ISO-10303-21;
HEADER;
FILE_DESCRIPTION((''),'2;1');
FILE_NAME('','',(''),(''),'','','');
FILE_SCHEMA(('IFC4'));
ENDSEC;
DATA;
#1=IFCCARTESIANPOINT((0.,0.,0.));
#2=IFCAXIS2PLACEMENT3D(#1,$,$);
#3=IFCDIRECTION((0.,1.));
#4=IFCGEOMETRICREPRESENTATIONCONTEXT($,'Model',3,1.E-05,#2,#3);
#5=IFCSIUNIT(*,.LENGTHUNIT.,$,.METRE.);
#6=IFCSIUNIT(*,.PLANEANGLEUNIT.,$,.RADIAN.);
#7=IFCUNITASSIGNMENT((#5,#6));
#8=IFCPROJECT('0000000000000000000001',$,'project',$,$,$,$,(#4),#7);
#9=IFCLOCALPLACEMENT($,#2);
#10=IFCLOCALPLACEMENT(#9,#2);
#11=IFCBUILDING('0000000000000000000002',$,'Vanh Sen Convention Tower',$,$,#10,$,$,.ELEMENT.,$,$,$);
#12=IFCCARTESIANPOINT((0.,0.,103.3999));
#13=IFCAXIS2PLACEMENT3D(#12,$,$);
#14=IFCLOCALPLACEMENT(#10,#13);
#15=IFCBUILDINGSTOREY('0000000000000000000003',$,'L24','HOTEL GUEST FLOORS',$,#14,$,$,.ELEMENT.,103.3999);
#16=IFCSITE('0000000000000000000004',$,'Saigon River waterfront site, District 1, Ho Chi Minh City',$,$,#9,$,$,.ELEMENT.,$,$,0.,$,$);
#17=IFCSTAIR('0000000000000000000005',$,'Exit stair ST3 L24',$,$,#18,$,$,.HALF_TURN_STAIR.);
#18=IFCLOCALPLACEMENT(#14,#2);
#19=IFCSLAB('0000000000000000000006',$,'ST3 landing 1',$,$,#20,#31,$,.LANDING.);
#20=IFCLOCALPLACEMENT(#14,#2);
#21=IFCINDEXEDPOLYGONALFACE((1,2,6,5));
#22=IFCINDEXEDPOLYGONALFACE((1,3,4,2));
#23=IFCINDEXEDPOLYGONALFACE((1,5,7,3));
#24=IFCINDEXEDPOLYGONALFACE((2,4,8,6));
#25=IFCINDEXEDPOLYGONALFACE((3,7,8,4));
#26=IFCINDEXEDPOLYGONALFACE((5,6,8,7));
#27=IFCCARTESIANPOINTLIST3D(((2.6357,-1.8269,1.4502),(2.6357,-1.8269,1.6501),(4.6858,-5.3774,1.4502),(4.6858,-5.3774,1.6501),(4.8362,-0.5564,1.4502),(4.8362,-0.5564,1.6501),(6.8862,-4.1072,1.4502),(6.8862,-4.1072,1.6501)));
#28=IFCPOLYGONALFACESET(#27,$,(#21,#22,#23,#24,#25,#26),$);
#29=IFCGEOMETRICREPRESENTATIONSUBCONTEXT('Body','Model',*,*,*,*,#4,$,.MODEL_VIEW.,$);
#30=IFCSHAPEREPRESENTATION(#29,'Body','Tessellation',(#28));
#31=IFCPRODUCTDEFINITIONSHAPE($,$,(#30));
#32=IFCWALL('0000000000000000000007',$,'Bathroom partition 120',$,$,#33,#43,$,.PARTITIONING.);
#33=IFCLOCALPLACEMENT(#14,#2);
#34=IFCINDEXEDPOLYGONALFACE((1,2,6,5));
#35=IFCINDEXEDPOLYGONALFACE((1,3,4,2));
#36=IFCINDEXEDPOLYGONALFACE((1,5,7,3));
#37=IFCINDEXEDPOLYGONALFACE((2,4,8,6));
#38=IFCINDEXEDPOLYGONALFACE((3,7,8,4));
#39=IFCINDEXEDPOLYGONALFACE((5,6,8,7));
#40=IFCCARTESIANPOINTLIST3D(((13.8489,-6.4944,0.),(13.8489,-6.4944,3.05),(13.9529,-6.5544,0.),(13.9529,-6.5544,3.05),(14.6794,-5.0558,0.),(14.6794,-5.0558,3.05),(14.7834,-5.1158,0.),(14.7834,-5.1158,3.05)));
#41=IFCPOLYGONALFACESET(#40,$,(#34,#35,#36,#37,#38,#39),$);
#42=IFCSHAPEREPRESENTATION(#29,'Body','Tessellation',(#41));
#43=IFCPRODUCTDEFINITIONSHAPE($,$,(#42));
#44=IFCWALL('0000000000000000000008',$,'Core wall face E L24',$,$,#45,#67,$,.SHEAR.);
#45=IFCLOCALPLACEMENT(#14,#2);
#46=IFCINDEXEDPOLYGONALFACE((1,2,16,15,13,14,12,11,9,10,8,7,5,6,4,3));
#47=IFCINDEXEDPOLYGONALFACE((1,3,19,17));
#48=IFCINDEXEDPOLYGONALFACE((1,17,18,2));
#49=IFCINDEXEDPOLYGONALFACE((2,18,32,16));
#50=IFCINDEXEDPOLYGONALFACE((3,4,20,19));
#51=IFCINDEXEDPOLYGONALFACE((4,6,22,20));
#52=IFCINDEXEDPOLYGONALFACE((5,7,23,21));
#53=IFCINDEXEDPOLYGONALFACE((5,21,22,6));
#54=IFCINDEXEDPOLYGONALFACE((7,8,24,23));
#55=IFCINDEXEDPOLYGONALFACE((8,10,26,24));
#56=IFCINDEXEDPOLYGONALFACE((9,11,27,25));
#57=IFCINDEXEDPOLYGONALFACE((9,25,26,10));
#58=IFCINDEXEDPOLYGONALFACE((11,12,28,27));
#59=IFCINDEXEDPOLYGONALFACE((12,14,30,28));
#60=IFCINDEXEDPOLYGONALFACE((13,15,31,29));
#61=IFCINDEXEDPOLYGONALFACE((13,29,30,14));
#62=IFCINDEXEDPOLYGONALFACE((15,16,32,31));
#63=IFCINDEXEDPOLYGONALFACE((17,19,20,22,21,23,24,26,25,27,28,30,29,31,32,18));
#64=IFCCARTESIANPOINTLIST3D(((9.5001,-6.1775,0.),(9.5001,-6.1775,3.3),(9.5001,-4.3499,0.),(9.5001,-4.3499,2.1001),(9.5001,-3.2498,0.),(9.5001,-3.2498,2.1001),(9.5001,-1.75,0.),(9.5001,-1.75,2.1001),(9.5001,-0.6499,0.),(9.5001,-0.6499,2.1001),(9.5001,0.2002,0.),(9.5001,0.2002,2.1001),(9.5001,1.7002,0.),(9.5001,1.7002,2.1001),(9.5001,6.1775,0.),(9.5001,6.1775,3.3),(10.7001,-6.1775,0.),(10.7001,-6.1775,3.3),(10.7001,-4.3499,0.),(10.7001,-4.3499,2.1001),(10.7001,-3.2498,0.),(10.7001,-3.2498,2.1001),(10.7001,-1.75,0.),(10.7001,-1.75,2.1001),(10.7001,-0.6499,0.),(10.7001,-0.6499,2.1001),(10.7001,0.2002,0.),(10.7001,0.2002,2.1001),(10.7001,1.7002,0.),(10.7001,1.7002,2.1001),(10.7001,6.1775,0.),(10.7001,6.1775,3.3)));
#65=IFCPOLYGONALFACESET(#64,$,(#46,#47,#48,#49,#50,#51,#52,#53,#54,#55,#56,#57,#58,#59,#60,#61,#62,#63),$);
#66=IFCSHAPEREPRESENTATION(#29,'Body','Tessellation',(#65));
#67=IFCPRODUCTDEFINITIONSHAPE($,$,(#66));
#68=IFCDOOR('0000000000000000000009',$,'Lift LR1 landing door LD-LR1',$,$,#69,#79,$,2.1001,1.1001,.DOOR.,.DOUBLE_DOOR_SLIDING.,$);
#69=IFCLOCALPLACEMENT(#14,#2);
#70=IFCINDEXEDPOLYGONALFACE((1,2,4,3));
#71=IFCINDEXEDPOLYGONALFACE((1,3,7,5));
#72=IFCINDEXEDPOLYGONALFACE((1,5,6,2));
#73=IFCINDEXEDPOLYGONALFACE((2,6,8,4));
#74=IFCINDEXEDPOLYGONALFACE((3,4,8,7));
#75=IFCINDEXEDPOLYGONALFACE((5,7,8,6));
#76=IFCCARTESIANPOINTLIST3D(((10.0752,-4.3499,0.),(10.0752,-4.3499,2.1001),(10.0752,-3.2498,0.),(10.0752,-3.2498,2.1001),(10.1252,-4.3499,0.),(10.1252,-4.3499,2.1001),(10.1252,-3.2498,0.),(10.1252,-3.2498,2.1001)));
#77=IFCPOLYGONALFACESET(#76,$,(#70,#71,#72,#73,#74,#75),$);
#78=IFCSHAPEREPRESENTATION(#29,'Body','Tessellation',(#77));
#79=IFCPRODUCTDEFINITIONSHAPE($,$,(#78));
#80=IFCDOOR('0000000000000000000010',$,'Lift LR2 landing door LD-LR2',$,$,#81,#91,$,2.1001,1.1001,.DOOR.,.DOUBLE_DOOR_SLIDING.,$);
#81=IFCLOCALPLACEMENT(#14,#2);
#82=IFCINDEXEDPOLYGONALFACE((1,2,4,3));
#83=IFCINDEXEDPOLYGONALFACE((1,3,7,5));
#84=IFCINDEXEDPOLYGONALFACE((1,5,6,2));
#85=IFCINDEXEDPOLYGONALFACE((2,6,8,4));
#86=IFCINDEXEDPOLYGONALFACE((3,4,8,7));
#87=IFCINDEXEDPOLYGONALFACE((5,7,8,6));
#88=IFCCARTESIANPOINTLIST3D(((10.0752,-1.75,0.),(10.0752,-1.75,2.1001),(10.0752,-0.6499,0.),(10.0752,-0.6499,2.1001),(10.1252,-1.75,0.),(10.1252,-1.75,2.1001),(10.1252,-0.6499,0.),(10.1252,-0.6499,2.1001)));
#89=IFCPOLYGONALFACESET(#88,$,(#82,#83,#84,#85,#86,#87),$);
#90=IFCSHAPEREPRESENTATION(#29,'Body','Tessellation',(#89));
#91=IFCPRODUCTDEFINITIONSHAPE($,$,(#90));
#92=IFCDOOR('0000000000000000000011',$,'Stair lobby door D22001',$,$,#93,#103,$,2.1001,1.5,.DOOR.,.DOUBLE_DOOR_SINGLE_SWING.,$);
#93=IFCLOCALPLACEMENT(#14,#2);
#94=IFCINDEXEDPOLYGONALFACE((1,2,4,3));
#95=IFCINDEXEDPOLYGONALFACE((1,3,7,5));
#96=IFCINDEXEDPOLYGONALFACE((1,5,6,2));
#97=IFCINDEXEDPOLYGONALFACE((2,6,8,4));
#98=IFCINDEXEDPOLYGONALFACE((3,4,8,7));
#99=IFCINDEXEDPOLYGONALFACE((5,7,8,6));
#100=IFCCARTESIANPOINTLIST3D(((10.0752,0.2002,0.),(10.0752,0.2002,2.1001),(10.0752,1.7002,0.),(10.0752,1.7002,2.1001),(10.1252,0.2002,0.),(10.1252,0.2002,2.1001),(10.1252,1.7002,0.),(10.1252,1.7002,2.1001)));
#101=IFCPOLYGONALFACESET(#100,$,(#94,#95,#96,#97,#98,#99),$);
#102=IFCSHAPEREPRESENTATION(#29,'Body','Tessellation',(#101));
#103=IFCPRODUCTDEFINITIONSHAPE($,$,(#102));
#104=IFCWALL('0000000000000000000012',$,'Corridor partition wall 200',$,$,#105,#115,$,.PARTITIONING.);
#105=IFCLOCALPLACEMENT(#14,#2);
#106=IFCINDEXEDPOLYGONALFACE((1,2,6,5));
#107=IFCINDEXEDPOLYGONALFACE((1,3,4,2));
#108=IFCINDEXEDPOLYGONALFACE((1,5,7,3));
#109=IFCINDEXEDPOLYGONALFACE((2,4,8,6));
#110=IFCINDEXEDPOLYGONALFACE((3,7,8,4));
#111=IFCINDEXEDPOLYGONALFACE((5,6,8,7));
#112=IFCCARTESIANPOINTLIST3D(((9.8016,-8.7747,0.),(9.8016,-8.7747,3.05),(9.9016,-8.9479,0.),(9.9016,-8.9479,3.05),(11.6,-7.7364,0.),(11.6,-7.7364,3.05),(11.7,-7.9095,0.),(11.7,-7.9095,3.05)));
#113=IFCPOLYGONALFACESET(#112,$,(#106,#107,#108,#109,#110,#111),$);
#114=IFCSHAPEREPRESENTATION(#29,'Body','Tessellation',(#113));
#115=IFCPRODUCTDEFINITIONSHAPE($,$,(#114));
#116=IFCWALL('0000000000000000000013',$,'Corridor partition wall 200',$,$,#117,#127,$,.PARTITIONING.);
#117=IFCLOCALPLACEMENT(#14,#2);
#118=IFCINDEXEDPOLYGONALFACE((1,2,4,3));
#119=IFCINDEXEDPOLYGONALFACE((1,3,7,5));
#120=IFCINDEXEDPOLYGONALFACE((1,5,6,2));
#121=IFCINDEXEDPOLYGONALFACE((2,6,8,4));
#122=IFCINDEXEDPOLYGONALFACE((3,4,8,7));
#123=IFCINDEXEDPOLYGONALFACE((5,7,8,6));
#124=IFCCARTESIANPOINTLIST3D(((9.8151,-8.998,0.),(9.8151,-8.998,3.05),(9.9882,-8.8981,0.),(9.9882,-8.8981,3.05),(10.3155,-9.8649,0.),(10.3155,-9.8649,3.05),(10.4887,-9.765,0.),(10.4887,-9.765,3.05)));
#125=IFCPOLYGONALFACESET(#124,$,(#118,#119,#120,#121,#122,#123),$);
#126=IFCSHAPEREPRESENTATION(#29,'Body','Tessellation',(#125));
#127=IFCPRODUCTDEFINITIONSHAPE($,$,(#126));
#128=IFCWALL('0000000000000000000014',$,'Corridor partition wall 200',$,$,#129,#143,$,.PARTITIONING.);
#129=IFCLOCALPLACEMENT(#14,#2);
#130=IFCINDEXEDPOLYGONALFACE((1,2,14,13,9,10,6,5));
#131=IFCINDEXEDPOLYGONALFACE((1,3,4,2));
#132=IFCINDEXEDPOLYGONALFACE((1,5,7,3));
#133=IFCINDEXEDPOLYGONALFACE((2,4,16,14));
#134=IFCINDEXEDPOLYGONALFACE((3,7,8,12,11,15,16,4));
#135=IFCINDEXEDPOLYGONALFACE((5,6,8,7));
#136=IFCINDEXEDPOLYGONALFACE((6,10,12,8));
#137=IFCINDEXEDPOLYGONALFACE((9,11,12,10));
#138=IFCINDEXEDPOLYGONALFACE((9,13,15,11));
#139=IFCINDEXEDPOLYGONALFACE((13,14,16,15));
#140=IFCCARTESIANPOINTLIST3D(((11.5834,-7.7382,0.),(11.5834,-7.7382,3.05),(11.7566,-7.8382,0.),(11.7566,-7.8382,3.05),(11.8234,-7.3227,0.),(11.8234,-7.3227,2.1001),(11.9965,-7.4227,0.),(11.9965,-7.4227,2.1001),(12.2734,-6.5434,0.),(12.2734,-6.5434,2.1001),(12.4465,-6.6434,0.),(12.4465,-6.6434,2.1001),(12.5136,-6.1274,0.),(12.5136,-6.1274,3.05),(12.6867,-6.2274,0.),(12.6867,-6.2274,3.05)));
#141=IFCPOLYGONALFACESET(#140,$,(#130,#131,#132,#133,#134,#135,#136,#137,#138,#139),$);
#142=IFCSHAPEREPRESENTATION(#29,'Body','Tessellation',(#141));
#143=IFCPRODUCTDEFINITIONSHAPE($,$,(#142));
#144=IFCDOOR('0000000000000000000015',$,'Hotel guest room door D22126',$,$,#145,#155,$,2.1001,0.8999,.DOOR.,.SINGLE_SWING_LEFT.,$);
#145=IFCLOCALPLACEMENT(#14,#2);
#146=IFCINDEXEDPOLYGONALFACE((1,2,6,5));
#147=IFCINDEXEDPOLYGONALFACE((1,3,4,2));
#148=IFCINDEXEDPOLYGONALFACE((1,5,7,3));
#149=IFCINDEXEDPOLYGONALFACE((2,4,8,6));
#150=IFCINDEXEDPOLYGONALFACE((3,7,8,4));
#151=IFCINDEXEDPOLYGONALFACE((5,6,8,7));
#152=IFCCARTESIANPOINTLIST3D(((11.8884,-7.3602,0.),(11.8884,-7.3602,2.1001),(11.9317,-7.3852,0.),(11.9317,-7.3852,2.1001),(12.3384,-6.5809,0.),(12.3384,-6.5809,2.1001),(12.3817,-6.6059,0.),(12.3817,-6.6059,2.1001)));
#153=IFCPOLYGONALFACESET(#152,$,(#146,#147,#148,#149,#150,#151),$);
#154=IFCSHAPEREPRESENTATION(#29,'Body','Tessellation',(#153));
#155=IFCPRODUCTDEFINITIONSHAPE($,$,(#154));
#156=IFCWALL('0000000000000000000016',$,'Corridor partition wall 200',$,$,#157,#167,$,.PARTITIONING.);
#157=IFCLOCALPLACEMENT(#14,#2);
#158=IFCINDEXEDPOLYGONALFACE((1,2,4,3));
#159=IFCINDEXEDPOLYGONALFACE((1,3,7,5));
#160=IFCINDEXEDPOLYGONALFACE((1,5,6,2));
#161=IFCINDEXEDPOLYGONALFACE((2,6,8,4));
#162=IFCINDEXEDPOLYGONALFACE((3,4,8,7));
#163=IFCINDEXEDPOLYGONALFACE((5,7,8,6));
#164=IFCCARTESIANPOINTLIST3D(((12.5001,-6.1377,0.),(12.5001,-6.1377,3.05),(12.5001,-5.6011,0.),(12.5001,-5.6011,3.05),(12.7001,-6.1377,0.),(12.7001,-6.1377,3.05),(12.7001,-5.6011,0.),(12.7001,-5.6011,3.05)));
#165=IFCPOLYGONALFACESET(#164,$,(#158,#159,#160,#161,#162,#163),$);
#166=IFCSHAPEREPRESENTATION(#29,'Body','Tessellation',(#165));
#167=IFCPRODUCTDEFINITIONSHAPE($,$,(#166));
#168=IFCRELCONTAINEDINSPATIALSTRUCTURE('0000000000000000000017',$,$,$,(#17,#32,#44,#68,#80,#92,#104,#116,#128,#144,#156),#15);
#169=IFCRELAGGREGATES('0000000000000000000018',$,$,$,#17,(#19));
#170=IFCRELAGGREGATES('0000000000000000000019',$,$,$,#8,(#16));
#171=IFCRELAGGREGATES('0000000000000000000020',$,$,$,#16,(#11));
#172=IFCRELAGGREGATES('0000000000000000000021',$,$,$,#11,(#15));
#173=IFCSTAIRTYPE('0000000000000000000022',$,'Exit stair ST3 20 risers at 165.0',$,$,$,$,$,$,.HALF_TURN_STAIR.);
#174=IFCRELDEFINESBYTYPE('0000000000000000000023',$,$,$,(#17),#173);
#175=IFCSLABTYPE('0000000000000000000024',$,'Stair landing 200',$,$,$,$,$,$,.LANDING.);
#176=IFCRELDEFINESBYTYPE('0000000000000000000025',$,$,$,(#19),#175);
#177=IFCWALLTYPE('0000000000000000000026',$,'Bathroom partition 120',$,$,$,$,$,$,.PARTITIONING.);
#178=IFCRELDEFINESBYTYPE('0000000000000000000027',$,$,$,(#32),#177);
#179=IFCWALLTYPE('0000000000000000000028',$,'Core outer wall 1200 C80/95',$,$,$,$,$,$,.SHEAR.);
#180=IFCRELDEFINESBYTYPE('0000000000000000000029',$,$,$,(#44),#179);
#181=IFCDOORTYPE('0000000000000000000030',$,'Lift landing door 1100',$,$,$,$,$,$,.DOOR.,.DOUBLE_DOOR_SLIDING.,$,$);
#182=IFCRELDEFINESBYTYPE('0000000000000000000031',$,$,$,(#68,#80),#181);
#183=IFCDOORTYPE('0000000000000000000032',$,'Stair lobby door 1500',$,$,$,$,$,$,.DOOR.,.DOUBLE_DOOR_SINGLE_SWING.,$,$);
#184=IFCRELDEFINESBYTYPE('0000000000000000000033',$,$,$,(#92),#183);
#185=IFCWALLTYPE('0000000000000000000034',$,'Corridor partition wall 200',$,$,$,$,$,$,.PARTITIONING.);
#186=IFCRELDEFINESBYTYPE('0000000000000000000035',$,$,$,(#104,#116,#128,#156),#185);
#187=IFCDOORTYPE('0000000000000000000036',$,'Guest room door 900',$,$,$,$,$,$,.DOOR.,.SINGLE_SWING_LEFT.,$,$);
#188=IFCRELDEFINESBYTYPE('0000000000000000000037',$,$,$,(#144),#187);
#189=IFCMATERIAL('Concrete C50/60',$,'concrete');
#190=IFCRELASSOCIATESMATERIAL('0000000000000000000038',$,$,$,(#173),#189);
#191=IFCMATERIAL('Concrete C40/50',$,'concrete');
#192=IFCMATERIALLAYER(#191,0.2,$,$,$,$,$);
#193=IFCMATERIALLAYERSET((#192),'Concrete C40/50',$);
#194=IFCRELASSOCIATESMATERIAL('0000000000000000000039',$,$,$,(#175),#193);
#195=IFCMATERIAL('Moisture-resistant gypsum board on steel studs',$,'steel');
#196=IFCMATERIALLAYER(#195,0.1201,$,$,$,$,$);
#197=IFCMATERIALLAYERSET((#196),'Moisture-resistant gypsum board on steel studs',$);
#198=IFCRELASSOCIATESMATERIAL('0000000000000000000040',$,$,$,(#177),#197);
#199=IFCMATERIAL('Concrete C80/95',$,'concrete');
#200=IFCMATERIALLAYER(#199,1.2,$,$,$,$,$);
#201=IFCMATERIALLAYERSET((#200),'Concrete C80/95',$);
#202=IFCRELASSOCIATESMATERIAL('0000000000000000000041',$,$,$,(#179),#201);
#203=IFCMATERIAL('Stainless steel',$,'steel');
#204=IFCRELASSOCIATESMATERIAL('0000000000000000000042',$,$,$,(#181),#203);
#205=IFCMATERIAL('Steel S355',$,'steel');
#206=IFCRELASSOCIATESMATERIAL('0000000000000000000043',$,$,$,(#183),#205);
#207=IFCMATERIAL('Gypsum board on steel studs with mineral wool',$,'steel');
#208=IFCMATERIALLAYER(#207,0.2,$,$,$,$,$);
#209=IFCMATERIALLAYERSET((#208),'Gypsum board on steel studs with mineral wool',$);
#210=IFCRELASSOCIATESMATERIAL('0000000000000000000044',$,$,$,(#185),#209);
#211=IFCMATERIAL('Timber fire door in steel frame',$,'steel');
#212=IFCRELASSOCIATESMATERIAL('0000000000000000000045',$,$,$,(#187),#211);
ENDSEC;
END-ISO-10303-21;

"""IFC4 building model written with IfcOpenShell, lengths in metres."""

from ifc_helpers import new_model, si_unit, direction, frame, frame_2d, origin, place, context, subcontext, project, spatial, polyline, rectangle, outline, extrude, material, layer, layer_set, type_object, element, fill, aggregate, save


model = new_model("IFC4")

# Units and contexts
model_context = context("Model", 3, precision=1e-05, world=origin(), true_north=direction((0.0, 1.0)))
body_context = subcontext(model_context, "Body", "Model", "MODEL_VIEW")
ifc_project = project(units=[si_unit("LENGTHUNIT", "METRE"), si_unit("PLANEANGLEUNIT", "RADIAN")], contexts=[model_context])

# Site, building, storey
site_placement = place(None, origin())
site = spatial("IfcSite", under=ifc_project, at=site_placement, Name="Saigon River waterfront site, District 1, Ho Chi Minh City", CompositionType="ELEMENT", RefElevation=0.0)
building_placement = place(site_placement, origin())
building = spatial("IfcBuilding", under=site, at=building_placement, Name="Vanh Sen Convention Tower", CompositionType="ELEMENT")
storey_placement = place(building_placement, frame((0.0, 0.0, 103.3999)))
storey = spatial("IfcBuildingStorey", under=building, at=storey_placement, Name="L24", Description="HOTEL GUEST FLOORS", CompositionType="ELEMENT", Elevation=103.3999)

# Stair, slab
ifc_material_1 = material(Name="Concrete C50/60", Category="concrete")
stair_type = type_object("IfcStairType", Name="Exit stair ST3 20 risers at 165.0", PredefinedType="HALF_TURN_STAIR", material=ifc_material_1)
stair_placement = place(storey_placement, origin())
stair = element("IfcStair", 1, at=stair_placement, inside=storey, type_object=stair_type, Name="Exit stair ST3 L24", PredefinedType="HALF_TURN_STAIR")
ifc_material_2 = material(Name="Concrete C40/50", Category="concrete")
ifc_layer_1 = layer(ifc_material_2, 0.2)
ifc_layer_set_1 = layer_set([ifc_layer_1], Name="Concrete C40/50")
slab_type = type_object("IfcSlabType", Name="Stair landing 200", PredefinedType="LANDING", material=ifc_layer_set_1)
slab_placement = place(storey_placement, frame((0.0, 0.0, 1.4502)))
slab = element("IfcSlab", 2, at=slab_placement, type_object=slab_type, Name="ST3 landing 1", PredefinedType="LANDING", context=body_context, shape_type="SweptSolid", body=[
    extrude(outline(polyline([(4.6858, -5.3774), (6.8862, -4.1072), (4.8362, -0.5564), (2.6357, -1.8269), (4.6858, -5.3774)])), origin(), (0.0, 0.0, 1.0), 0.2),
])
aggregate(stair, [slab])

# Wall
ifc_material_3 = material(Name="Moisture-resistant gypsum board on steel studs", Category="steel")
ifc_layer_2 = layer(ifc_material_3, 0.1201)
ifc_layer_set_2 = layer_set([ifc_layer_2], Name="Moisture-resistant gypsum board on steel studs")
wall_type_1 = type_object("IfcWallType", Name="Bathroom partition 120", PredefinedType="PARTITIONING", material=ifc_layer_set_2)
wall_1_placement = place(storey_placement, frame((13.9009, -6.5244, 0.0), z_axis=(0.0, 0.0, 1.0), x_axis=(0.499964, 0.866046, 0.0)))
element("IfcWall", 3, at=wall_1_placement, inside=storey, type_object=wall_type_1, Name="Bathroom partition 120", PredefinedType="PARTITIONING", context=body_context, shape_type="SweptSolid", body=[
    extrude(rectangle(XDim=1.6611, YDim=0.1201, at=frame_2d((0.8306, 0.0))), origin(), (0.0, 0.0, 1.0), 3.05),
])

# Wall, openings, doors
ifc_material_4 = material(Name="Concrete C80/95", Category="concrete")
ifc_layer_3 = layer(ifc_material_4, 1.2)
ifc_layer_set_3 = layer_set([ifc_layer_3], Name="Concrete C80/95")
wall_type_2 = type_object("IfcWallType", Name="Core outer wall 1200 C80/95", PredefinedType="SHEAR", material=ifc_layer_set_3)
wall_2_placement = place(storey_placement, frame((10.1001, -6.1775, 0.0), z_axis=(0.0, 0.0, 1.0), x_axis=(0.0, 1.0, 0.0)))
wall_2 = element("IfcWall", 4, at=wall_2_placement, inside=storey, type_object=wall_type_2, Name="Core wall face E L24", PredefinedType="SHEAR", context=body_context, shape_type="SweptSolid", body=[
    extrude(rectangle(XDim=12.355, YDim=1.2, at=frame_2d((6.1775, 0.0))), origin(), (0.0, 0.0, 1.0), 3.3),
])
opening_1_placement = place(wall_2_placement, frame((6.3777, 0.0, 0.0)))
opening_1 = element("IfcOpeningElement", 5, at=opening_1_placement, cuts=wall_2, PredefinedType="OPENING", context=body_context, shape_type="SweptSolid", body=[
    extrude(rectangle(XDim=1.5, YDim=2.1001, at=frame_2d((0.75, 1.05))), frame((0.0, 0.6099, 0.0), z_axis=(0.0, -1.0, 0.0), x_axis=(1.0, 0.0, 0.0)), (0.0, 0.0, 1.0), 1.22),
])
opening_2_placement = place(wall_2_placement, frame((1.8276, 0.0, 0.0)))
opening_2 = element("IfcOpeningElement", 6, at=opening_2_placement, cuts=wall_2, PredefinedType="OPENING", context=body_context, shape_type="SweptSolid", body=[
    extrude(rectangle(XDim=1.1001, YDim=2.1001, at=frame_2d((0.55, 1.05))), frame((0.0, 0.6099, 0.0), z_axis=(0.0, -1.0, 0.0), x_axis=(1.0, 0.0, 0.0)), (0.0, 0.0, 1.0), 1.22),
])
opening_3_placement = place(wall_2_placement, frame((4.4275, 0.0, 0.0)))
opening_3 = element("IfcOpeningElement", 7, at=opening_3_placement, cuts=wall_2, PredefinedType="OPENING", context=body_context, shape_type="SweptSolid", body=[
    extrude(rectangle(XDim=1.1001, YDim=2.1001, at=frame_2d((0.55, 1.05))), frame((0.0, 0.6099, 0.0), z_axis=(0.0, -1.0, 0.0), x_axis=(1.0, 0.0, 0.0)), (0.0, 0.0, 1.0), 1.22),
])
ifc_material_5 = material(Name="Stainless steel", Category="steel")
door_type_1 = type_object("IfcDoorType", Name="Lift landing door 1100", OperationType="DOUBLE_DOOR_SLIDING", PredefinedType="DOOR", material=ifc_material_5)
door_1_placement = place(opening_2_placement, origin())
door_1 = element("IfcDoor", 8, at=door_1_placement, inside=storey, type_object=door_type_1, Name="Lift LR1 landing door LD-LR1", OperationType="DOUBLE_DOOR_SLIDING", OverallHeight=2.1001, OverallWidth=1.1001, PredefinedType="DOOR", context=body_context, shape_type="SweptSolid", body=[
    extrude(rectangle(XDim=1.1001, YDim=2.1001, at=frame_2d((0.55, 1.05))), frame((0.0, 0.0249, 0.0), z_axis=(0.0, -1.0, 0.0), x_axis=(1.0, 0.0, 0.0)), (0.0, 0.0, 1.0), 0.05),
])
fill(opening_2, door_1)
door_2_placement = place(opening_3_placement, origin())
door_2 = element("IfcDoor", 9, at=door_2_placement, inside=storey, type_object=door_type_1, Name="Lift LR2 landing door LD-LR2", OperationType="DOUBLE_DOOR_SLIDING", OverallHeight=2.1001, OverallWidth=1.1001, PredefinedType="DOOR", context=body_context, shape_type="SweptSolid", body=[
    extrude(rectangle(XDim=1.1001, YDim=2.1001, at=frame_2d((0.55, 1.05))), frame((0.0, 0.0249, 0.0), z_axis=(0.0, -1.0, 0.0), x_axis=(1.0, 0.0, 0.0)), (0.0, 0.0, 1.0), 0.05),
])
fill(opening_3, door_2)
ifc_material_6 = material(Name="Steel S355", Category="steel")
door_type_2 = type_object("IfcDoorType", Name="Stair lobby door 1500", OperationType="DOUBLE_DOOR_SINGLE_SWING", PredefinedType="DOOR", material=ifc_material_6)
door_3_placement = place(opening_1_placement, origin())
door_3 = element("IfcDoor", 10, at=door_3_placement, inside=storey, type_object=door_type_2, Name="Stair lobby door D22001", OperationType="DOUBLE_DOOR_SINGLE_SWING", OverallHeight=2.1001, OverallWidth=1.5, PredefinedType="DOOR", context=body_context, shape_type="SweptSolid", body=[
    extrude(rectangle(XDim=1.5, YDim=2.1001, at=frame_2d((0.75, 1.05))), frame((0.0, 0.0249, 0.0), z_axis=(0.0, -1.0, 0.0), x_axis=(1.0, 0.0, 0.0)), (0.0, 0.0, 1.0), 0.05),
])
fill(opening_1, door_3)

# Walls
ifc_material_7 = material(Name="Gypsum board on steel studs with mineral wool", Category="steel")
ifc_layer_4 = layer(ifc_material_7, 0.2)
ifc_layer_set_4 = layer_set([ifc_layer_4], Name="Gypsum board on steel studs with mineral wool")
wall_type_3 = type_object("IfcWallType", Name="Corridor partition wall 200", PredefinedType="PARTITIONING", material=ifc_layer_set_4)
wall_3_placement = place(storey_placement, frame((9.8516, -8.8613, 0.0), z_axis=(0.0, 0.0, 1.0), x_axis=(0.866013, 0.500021, 0.0)))
element("IfcWall", 11, at=wall_3_placement, inside=storey, type_object=wall_type_3, Name="Corridor partition wall 200", PredefinedType="PARTITIONING", context=body_context, shape_type="SweptSolid", body=[
    extrude(rectangle(XDim=2.0767, YDim=0.2, at=frame_2d((1.0383, 0.0))), origin(), (0.0, 0.0, 1.0), 3.05),
])
wall_4_placement = place(storey_placement, frame((10.4021, -9.8149, 0.0), z_axis=(0.0, 0.0, 1.0), x_axis=(-0.499969, 0.866043, 0.0)))
element("IfcWall", 12, at=wall_4_placement, inside=storey, type_object=wall_type_3, Name="Corridor partition wall 200", PredefinedType="PARTITIONING", context=body_context, shape_type="SweptSolid", body=[
    extrude(rectangle(XDim=1.001, YDim=0.2, at=frame_2d((0.5005, 0.0))), origin(), (0.0, 0.0, 1.0), 3.05),
])

# Wall, opening, door
wall_5_placement = place(storey_placement, frame((11.6699, -7.7883, 0.0), z_axis=(0.0, 0.0, 1.0), x_axis=(0.500063, 0.865989, 0.0)))
wall_5 = element("IfcWall", 13, at=wall_5_placement, inside=storey, type_object=wall_type_3, Name="Corridor partition wall 200", PredefinedType="PARTITIONING", context=body_context, shape_type="SweptSolid", body=[
    extrude(rectangle(XDim=1.8601, YDim=0.2, at=frame_2d((0.9302, 0.0))), origin(), (0.0, 0.0, 1.0), 3.05),
])
opening_4_placement = place(wall_5_placement, frame((0.48, 0.0, 0.0)))
opening_4 = element("IfcOpeningElement", 14, at=opening_4_placement, cuts=wall_5, PredefinedType="OPENING", context=body_context, shape_type="SweptSolid", body=[
    extrude(rectangle(XDim=0.8999, YDim=2.1001, at=frame_2d((0.45, 1.05))), frame((0.0, 0.1099, 0.0), z_axis=(0.0, -1.0, 0.0), x_axis=(1.0, 0.0, 0.0)), (0.0, 0.0, 1.0), 0.22),
])
ifc_material_8 = material(Name="Timber fire door in steel frame", Category="steel")
door_type_3 = type_object("IfcDoorType", Name="Guest room door 900", OperationType="SINGLE_SWING_LEFT", PredefinedType="DOOR", material=ifc_material_8)
door_4_placement = place(opening_4_placement, origin())
door_4 = element("IfcDoor", 15, at=door_4_placement, inside=storey, type_object=door_type_3, Name="Hotel guest room door D22126", OperationType="SINGLE_SWING_LEFT", OverallHeight=2.1001, OverallWidth=0.8999, PredefinedType="DOOR", context=body_context, shape_type="SweptSolid", body=[
    extrude(rectangle(XDim=0.8999, YDim=2.1001, at=frame_2d((0.45, 1.05))), frame((0.0, 0.0249, 0.0), z_axis=(0.0, -1.0, 0.0), x_axis=(1.0, 0.0, 0.0)), (0.0, 0.0, 1.0), 0.05),
])
fill(opening_4, door_4)

# Wall
wall_6_placement = place(storey_placement, frame((12.6001, -6.1377, 0.0), z_axis=(0.0, 0.0, 1.0), x_axis=(0.0, 1.0, 0.0)))
element("IfcWall", 16, at=wall_6_placement, inside=storey, type_object=wall_type_3, Name="Corridor partition wall 200", PredefinedType="PARTITIONING", context=body_context, shape_type="SweptSolid", body=[
    extrude(rectangle(XDim=0.5366, YDim=0.2, at=frame_2d((0.2683, 0.0))), origin(), (0.0, 0.0, 1.0), 3.05),
])

save(model, "model.ifc")
